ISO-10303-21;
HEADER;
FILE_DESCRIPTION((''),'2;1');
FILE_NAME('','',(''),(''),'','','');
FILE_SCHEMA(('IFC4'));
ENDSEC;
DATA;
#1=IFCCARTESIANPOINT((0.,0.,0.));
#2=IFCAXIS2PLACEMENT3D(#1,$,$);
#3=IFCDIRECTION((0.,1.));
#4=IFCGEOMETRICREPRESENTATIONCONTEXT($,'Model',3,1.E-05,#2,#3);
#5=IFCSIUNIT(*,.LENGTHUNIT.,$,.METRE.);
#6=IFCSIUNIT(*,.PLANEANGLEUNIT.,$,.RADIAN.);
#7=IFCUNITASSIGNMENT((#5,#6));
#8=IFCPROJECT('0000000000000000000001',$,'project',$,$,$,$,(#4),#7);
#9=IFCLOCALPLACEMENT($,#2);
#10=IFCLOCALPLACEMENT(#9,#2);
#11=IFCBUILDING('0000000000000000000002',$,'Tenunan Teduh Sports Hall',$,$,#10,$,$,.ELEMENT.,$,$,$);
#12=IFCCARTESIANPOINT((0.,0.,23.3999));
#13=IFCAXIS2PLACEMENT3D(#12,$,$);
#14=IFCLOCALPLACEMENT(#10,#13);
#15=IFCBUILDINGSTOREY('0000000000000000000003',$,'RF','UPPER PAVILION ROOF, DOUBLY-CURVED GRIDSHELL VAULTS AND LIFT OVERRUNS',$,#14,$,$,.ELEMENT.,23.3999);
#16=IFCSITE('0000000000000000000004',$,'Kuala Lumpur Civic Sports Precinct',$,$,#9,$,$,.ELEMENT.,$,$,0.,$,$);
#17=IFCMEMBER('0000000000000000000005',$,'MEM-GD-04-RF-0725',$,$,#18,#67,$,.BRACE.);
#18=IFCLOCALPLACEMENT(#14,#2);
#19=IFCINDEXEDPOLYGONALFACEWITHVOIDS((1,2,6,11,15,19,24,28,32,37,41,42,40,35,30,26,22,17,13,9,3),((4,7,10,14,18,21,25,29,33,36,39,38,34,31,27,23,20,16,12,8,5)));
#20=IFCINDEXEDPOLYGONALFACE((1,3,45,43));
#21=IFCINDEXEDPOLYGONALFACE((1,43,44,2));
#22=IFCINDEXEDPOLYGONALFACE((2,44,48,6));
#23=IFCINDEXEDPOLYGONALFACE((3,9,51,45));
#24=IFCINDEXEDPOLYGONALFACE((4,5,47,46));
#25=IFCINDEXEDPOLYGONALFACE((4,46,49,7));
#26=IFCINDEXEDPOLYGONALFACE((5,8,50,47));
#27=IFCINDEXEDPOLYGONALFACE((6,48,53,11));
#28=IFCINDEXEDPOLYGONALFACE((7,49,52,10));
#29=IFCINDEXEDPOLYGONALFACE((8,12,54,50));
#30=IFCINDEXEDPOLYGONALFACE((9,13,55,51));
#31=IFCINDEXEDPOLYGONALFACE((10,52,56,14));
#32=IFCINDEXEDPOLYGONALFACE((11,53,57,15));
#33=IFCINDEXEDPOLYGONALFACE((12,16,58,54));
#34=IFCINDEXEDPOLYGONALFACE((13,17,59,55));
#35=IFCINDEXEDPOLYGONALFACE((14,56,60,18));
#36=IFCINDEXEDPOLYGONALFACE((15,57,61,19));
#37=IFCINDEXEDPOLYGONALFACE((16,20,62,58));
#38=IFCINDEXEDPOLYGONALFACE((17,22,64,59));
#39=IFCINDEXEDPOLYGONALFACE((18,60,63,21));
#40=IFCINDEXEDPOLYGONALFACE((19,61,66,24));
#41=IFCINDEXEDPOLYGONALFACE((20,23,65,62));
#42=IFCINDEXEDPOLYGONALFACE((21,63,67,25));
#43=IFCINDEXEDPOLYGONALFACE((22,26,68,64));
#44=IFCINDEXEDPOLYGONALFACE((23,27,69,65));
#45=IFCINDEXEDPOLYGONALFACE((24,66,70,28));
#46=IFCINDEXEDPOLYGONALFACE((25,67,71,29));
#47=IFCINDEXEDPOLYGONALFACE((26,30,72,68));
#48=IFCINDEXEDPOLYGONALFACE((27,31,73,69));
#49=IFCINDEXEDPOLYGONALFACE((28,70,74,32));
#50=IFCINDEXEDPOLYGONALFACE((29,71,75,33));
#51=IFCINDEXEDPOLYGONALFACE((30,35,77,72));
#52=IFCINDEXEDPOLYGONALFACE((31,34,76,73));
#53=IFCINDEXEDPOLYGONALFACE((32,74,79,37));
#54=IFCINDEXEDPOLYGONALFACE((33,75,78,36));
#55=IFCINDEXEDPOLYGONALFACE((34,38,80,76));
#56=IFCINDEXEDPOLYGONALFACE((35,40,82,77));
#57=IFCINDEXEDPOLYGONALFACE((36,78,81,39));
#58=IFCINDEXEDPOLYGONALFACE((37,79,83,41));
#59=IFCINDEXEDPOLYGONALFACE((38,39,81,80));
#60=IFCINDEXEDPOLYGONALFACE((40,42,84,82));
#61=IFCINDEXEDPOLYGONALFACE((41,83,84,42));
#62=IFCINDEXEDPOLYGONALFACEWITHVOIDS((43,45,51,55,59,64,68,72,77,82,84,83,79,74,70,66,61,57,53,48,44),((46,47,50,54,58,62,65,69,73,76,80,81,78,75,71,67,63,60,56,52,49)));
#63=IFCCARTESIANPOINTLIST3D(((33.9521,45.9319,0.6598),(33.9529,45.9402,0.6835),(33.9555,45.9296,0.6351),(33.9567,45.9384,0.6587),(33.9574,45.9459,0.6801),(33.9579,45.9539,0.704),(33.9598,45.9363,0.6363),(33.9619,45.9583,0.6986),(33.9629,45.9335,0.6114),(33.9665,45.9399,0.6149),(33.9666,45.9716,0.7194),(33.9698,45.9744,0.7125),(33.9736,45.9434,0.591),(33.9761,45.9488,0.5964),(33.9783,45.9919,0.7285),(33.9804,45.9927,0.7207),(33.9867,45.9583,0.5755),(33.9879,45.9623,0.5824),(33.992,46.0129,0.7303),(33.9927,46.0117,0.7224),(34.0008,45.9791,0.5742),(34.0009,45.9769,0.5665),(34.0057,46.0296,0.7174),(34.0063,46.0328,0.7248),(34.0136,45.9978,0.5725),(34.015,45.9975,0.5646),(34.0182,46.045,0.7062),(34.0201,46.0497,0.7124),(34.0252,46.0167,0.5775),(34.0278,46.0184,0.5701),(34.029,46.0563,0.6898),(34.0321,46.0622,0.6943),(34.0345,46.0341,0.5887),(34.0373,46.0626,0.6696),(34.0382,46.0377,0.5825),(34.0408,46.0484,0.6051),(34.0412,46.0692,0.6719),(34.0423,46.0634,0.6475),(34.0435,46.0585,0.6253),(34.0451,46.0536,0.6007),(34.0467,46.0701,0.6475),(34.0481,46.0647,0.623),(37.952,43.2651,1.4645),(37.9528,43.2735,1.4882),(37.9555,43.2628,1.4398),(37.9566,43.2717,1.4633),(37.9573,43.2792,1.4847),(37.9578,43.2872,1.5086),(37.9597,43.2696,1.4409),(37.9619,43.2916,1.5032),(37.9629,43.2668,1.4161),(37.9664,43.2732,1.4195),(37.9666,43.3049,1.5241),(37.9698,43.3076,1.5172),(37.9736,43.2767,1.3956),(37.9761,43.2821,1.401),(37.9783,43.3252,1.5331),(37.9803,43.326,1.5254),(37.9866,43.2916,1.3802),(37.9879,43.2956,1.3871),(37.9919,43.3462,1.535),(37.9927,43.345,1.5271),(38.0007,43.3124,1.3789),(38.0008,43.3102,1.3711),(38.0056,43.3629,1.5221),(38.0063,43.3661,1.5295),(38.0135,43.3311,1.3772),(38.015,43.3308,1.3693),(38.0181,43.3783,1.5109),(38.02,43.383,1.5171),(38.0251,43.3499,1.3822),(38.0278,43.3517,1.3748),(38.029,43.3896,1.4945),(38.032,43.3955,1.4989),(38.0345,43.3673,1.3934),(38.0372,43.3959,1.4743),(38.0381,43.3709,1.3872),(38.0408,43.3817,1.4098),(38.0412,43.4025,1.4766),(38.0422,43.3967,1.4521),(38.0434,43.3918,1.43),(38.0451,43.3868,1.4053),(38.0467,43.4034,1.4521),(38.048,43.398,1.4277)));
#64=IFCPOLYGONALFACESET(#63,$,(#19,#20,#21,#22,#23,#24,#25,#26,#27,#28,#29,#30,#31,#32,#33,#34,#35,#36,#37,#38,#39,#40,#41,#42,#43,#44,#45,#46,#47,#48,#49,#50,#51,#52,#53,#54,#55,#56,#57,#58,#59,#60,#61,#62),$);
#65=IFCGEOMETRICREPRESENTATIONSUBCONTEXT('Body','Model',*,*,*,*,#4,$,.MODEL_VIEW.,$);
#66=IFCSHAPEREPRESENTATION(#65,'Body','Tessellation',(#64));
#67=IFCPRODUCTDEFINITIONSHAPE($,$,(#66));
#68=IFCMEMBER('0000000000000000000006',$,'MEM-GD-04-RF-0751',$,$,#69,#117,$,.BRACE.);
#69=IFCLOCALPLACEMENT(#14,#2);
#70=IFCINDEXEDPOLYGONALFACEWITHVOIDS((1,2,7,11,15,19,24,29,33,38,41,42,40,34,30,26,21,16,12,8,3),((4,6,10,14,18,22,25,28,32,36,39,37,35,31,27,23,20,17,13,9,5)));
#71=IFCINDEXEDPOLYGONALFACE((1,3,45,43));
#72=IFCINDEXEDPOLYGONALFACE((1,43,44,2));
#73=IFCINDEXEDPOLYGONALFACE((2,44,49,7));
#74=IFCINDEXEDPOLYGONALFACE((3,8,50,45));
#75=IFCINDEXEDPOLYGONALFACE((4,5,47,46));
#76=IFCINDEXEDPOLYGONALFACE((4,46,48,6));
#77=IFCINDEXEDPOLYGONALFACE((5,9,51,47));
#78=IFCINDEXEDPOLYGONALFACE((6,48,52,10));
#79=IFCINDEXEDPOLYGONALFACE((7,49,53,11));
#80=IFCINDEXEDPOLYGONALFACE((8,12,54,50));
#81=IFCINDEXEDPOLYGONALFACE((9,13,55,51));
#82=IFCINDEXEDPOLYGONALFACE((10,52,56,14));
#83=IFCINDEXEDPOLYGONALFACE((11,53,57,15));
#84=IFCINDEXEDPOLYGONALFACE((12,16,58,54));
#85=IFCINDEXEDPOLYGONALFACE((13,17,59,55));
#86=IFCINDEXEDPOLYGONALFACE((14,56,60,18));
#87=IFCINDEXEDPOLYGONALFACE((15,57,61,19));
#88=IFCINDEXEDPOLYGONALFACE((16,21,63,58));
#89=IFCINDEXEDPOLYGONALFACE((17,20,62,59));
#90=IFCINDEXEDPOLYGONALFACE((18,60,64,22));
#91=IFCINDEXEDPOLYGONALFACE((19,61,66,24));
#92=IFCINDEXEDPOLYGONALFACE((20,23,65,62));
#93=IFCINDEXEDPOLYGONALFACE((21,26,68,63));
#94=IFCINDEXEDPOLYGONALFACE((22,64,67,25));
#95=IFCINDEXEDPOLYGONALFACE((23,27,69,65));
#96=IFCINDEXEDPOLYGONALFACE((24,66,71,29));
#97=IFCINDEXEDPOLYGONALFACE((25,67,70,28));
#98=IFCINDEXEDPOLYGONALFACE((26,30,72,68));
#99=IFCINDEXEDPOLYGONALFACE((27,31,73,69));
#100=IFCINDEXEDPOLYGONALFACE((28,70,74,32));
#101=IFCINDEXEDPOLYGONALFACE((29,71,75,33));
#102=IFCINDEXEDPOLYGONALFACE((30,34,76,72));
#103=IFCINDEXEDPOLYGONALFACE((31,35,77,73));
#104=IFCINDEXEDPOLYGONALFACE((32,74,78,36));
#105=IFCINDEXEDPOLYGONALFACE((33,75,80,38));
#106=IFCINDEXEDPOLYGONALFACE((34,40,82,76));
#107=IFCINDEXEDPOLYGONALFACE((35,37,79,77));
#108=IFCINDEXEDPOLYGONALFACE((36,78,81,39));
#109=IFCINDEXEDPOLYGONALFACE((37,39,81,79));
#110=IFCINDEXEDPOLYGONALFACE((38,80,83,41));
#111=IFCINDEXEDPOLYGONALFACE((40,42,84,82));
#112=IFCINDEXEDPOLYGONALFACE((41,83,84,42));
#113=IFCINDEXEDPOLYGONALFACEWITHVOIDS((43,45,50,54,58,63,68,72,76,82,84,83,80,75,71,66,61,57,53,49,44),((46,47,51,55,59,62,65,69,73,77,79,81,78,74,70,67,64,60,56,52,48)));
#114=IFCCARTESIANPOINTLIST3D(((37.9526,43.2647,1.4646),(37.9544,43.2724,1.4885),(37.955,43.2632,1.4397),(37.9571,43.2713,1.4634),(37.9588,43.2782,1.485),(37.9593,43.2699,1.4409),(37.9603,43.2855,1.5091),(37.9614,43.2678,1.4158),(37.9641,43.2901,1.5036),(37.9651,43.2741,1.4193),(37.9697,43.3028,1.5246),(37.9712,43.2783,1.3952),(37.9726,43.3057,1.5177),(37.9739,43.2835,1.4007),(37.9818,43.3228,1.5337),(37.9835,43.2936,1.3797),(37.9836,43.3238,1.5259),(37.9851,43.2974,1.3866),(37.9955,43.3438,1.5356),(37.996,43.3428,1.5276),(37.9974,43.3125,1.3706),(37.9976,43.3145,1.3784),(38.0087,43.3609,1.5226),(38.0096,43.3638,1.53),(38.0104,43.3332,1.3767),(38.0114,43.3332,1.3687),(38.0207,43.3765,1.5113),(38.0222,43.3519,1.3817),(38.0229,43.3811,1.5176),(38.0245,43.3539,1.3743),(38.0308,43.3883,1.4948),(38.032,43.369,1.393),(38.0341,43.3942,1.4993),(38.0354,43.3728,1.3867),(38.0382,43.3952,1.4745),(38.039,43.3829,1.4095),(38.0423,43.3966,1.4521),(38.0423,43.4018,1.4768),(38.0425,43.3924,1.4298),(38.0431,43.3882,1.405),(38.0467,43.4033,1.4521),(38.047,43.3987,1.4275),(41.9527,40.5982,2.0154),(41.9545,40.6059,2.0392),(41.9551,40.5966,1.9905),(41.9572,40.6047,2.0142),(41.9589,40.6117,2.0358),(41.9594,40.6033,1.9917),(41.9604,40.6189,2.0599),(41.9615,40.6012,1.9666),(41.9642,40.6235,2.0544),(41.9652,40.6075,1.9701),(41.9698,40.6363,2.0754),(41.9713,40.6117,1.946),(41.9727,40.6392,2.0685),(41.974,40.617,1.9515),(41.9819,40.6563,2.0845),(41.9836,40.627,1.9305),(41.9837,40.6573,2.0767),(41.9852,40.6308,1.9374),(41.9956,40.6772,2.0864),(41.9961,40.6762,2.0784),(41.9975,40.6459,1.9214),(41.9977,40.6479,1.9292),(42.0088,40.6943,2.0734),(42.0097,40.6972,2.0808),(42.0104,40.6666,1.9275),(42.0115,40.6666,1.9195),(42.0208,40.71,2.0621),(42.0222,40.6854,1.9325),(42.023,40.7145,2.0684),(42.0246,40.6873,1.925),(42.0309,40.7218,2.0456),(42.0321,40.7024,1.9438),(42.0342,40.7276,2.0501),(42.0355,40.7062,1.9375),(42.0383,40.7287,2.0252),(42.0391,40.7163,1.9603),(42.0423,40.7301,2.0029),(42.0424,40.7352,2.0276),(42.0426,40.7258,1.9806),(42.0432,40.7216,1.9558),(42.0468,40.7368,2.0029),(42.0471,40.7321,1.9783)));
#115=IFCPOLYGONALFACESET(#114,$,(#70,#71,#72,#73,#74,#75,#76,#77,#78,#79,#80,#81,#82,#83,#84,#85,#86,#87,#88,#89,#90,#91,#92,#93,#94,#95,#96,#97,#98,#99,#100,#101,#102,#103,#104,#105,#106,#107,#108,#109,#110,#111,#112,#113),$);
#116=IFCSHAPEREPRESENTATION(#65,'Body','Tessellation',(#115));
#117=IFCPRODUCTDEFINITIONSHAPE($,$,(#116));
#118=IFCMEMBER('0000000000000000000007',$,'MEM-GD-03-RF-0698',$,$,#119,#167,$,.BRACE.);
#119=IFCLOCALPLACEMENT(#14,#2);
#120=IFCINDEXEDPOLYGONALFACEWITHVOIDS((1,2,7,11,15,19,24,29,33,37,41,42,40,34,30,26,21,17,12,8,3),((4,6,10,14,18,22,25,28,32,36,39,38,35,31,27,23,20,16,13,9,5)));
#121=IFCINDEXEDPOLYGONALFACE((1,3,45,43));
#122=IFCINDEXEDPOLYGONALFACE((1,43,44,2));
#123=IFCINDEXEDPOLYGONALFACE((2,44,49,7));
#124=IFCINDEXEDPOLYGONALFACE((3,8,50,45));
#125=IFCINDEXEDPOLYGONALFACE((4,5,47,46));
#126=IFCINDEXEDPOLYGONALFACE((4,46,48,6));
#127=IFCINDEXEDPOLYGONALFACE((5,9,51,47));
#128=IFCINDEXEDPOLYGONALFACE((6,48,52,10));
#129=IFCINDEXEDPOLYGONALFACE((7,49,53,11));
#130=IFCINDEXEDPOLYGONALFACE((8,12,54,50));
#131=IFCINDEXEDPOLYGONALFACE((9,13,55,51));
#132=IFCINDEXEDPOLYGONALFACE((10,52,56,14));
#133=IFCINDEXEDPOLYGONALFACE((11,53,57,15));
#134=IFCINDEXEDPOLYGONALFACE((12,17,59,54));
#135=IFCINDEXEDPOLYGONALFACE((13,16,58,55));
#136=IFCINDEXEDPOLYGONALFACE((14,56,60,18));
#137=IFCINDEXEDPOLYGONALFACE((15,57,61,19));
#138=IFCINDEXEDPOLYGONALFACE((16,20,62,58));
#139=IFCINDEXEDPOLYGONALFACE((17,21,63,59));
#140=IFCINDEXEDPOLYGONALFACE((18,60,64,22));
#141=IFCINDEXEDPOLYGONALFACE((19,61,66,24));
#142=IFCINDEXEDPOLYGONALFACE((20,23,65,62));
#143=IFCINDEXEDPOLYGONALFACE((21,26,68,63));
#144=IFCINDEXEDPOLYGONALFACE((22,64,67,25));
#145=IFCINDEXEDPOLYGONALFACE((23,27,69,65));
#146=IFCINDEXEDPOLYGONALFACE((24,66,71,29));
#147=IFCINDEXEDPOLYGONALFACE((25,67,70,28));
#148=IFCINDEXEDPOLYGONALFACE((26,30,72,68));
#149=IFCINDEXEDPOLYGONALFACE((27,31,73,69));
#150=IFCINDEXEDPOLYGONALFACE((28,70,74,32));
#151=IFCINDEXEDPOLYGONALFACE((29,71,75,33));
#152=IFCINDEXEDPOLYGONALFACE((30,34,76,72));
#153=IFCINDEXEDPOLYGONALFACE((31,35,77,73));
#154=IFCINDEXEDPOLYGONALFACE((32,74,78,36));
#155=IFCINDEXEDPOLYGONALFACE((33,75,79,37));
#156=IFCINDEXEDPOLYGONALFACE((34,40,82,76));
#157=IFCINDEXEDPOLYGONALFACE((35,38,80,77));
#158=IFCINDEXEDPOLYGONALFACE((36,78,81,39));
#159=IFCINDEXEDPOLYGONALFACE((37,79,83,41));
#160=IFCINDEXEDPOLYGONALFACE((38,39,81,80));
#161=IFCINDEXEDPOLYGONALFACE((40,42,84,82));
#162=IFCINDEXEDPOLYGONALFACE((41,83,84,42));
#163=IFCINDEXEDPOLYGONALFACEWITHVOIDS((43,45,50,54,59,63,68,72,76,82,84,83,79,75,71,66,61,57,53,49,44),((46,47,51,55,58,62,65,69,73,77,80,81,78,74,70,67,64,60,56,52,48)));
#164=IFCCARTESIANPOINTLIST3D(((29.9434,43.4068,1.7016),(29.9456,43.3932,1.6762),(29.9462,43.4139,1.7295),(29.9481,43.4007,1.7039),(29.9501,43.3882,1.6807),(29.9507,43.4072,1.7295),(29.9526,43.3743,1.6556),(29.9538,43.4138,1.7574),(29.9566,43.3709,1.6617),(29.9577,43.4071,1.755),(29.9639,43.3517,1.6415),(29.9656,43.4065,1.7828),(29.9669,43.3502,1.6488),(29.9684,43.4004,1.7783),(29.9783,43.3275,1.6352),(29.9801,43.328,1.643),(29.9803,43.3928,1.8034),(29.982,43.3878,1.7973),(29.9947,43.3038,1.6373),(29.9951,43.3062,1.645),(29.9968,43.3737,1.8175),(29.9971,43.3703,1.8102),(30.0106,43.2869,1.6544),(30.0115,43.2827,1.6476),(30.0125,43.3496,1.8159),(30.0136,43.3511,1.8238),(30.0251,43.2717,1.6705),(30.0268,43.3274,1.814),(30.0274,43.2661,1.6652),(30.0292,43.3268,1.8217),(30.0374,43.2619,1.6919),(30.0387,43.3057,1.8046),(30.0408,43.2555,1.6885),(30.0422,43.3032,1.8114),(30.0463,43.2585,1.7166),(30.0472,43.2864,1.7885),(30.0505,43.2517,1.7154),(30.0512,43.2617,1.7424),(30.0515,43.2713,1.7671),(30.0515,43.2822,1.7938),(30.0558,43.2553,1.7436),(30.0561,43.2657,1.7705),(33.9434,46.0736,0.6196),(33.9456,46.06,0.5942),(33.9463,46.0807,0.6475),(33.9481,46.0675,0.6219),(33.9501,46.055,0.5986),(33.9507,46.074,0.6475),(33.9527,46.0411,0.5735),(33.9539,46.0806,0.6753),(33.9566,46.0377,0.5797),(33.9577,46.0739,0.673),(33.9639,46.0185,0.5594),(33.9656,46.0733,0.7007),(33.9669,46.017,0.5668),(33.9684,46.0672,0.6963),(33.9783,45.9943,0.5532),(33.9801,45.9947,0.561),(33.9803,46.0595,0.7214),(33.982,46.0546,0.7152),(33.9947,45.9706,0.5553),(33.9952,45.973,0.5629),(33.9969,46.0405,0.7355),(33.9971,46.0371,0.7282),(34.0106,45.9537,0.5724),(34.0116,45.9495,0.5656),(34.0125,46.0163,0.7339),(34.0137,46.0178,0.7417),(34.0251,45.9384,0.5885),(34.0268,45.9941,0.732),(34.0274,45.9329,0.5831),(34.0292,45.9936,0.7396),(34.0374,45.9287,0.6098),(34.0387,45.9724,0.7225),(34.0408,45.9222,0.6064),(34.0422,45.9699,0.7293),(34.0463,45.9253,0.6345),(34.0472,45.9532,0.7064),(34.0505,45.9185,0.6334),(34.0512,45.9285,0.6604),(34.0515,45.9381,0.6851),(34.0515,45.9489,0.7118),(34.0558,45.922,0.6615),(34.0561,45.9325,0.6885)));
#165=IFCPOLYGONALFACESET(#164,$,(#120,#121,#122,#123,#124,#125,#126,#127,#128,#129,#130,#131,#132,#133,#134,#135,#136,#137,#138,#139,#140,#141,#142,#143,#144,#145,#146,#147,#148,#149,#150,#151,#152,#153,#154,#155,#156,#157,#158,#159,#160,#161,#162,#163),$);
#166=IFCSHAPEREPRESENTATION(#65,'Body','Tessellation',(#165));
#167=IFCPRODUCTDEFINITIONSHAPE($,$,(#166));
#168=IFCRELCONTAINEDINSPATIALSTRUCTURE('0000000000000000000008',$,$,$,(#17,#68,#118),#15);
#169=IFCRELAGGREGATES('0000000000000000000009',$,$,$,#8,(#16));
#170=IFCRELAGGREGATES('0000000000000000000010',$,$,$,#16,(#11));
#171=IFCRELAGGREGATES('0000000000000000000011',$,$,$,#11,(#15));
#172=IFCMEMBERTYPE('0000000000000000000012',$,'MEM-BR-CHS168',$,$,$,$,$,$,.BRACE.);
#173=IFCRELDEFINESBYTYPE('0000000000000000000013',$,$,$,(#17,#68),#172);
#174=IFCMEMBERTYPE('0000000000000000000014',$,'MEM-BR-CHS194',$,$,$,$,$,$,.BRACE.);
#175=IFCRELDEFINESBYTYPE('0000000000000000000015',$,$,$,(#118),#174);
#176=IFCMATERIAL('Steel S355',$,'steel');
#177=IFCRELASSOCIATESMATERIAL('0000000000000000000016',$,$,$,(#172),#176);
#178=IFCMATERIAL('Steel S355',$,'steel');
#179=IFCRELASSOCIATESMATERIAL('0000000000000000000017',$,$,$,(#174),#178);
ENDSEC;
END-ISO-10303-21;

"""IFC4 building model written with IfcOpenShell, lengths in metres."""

from ifc_helpers import new_model, si_unit, direction, frame, origin, origin_2d, place, context, subcontext, project, spatial, hollow_circle, extrude, material, material_profile, profile_set, type_object, element, save


model = new_model("IFC4")

# Units and contexts
model_context = context("Model", 3, precision=1e-05, world=origin(), true_north=direction((0.0, 1.0)))
body_context = subcontext(model_context, "Body", "Model", "MODEL_VIEW")
ifc_project = project(units=[si_unit("LENGTHUNIT", "METRE"), si_unit("PLANEANGLEUNIT", "RADIAN")], contexts=[model_context])

# Site, building, storey
site_placement = place(None, origin())
site = spatial("IfcSite", under=ifc_project, at=site_placement, Name="Kuala Lumpur Civic Sports Precinct", CompositionType="ELEMENT", RefElevation=0.0)
building_placement = place(site_placement, origin())
building = spatial("IfcBuilding", under=site, at=building_placement, Name="Tenunan Teduh Sports Hall", CompositionType="ELEMENT")
storey_placement = place(building_placement, frame((0.0, 0.0, 23.3999)))
storey = spatial("IfcBuildingStorey", under=building, at=storey_placement, Name="RF", Description="UPPER PAVILION ROOF, DOUBLY-CURVED GRIDSHELL VAULTS AND LIFT OVERRUNS", CompositionType="ELEMENT", Elevation=23.3999)

# Members
ifc_material_1 = material(Name="Steel S355", Category="steel")
ifc_material_profile_1 = material_profile(ifc_material_1, hollow_circle(Radius=0.0842, WallThickness=0.0081, at=origin_2d()), Name="CHS 168.3x8.0")
ifc_profile_set_1 = profile_set([ifc_material_profile_1], Name="Steel S355")
member_type_1 = type_object("IfcMemberType", Name="MEM-BR-CHS168", PredefinedType="BRACE", material=ifc_profile_set_1)
member_1_placement = place(storey_placement, frame((34.0, 46.0, 0.6475), z_axis=(0.820626, -0.547101, 0.165087), x_axis=(0.554712, 0.832042, 0.0)))
element("IfcMember", 1, at=member_1_placement, inside=storey, type_object=member_type_1, Name="MEM-GD-04-RF-0725", PredefinedType="BRACE", context=body_context, shape_type="SweptSolid", body=[
    extrude(hollow_circle(Radius=0.0842, WallThickness=0.0081, at=origin_2d()), origin(), (0.0, 0.0, 1.0), 4.8743),
])
member_2_placement = place(storey_placement, frame((38.0, 43.3333, 1.4521), z_axis=(0.826658, -0.551072, 0.113827), x_axis=(0.554677, 0.832066, 0.0)))
element("IfcMember", 2, at=member_2_placement, inside=storey, type_object=member_type_1, Name="MEM-GD-04-RF-0751", PredefinedType="BRACE", context=body_context, shape_type="SweptSolid", body=[
    extrude(hollow_circle(Radius=0.0842, WallThickness=0.0081, at=origin_2d()), origin(), (0.0, 0.0, 1.0), 4.8389),
])
ifc_material_2 = material(Name="Steel S355", Category="steel")
ifc_material_profile_2 = material_profile(ifc_material_2, hollow_circle(Radius=0.0969, WallThickness=0.0081, at=origin_2d()), Name="CHS 193.7x8.0")
ifc_profile_set_2 = profile_set([ifc_material_profile_2], Name="Steel S355")
member_type_2 = type_object("IfcMemberType", Name="MEM-BR-CHS194", PredefinedType="BRACE", material=ifc_profile_set_2)
member_3_placement = place(storey_placement, frame((30.0, 43.3333, 1.7295), z_axis=(0.811736, 0.541174, -0.219581), x_axis=(-0.554712, 0.832042, 0.0)))
element("IfcMember", 3, at=member_3_placement, inside=storey, type_object=member_type_2, Name="MEM-GD-03-RF-0698", PredefinedType="BRACE", context=body_context, shape_type="SweptSolid", body=[
    extrude(hollow_circle(Radius=0.0969, WallThickness=0.0081, at=origin_2d()), origin(), (0.0, 0.0, 1.0), 4.9277),
])

save(model, "model.ifc")
